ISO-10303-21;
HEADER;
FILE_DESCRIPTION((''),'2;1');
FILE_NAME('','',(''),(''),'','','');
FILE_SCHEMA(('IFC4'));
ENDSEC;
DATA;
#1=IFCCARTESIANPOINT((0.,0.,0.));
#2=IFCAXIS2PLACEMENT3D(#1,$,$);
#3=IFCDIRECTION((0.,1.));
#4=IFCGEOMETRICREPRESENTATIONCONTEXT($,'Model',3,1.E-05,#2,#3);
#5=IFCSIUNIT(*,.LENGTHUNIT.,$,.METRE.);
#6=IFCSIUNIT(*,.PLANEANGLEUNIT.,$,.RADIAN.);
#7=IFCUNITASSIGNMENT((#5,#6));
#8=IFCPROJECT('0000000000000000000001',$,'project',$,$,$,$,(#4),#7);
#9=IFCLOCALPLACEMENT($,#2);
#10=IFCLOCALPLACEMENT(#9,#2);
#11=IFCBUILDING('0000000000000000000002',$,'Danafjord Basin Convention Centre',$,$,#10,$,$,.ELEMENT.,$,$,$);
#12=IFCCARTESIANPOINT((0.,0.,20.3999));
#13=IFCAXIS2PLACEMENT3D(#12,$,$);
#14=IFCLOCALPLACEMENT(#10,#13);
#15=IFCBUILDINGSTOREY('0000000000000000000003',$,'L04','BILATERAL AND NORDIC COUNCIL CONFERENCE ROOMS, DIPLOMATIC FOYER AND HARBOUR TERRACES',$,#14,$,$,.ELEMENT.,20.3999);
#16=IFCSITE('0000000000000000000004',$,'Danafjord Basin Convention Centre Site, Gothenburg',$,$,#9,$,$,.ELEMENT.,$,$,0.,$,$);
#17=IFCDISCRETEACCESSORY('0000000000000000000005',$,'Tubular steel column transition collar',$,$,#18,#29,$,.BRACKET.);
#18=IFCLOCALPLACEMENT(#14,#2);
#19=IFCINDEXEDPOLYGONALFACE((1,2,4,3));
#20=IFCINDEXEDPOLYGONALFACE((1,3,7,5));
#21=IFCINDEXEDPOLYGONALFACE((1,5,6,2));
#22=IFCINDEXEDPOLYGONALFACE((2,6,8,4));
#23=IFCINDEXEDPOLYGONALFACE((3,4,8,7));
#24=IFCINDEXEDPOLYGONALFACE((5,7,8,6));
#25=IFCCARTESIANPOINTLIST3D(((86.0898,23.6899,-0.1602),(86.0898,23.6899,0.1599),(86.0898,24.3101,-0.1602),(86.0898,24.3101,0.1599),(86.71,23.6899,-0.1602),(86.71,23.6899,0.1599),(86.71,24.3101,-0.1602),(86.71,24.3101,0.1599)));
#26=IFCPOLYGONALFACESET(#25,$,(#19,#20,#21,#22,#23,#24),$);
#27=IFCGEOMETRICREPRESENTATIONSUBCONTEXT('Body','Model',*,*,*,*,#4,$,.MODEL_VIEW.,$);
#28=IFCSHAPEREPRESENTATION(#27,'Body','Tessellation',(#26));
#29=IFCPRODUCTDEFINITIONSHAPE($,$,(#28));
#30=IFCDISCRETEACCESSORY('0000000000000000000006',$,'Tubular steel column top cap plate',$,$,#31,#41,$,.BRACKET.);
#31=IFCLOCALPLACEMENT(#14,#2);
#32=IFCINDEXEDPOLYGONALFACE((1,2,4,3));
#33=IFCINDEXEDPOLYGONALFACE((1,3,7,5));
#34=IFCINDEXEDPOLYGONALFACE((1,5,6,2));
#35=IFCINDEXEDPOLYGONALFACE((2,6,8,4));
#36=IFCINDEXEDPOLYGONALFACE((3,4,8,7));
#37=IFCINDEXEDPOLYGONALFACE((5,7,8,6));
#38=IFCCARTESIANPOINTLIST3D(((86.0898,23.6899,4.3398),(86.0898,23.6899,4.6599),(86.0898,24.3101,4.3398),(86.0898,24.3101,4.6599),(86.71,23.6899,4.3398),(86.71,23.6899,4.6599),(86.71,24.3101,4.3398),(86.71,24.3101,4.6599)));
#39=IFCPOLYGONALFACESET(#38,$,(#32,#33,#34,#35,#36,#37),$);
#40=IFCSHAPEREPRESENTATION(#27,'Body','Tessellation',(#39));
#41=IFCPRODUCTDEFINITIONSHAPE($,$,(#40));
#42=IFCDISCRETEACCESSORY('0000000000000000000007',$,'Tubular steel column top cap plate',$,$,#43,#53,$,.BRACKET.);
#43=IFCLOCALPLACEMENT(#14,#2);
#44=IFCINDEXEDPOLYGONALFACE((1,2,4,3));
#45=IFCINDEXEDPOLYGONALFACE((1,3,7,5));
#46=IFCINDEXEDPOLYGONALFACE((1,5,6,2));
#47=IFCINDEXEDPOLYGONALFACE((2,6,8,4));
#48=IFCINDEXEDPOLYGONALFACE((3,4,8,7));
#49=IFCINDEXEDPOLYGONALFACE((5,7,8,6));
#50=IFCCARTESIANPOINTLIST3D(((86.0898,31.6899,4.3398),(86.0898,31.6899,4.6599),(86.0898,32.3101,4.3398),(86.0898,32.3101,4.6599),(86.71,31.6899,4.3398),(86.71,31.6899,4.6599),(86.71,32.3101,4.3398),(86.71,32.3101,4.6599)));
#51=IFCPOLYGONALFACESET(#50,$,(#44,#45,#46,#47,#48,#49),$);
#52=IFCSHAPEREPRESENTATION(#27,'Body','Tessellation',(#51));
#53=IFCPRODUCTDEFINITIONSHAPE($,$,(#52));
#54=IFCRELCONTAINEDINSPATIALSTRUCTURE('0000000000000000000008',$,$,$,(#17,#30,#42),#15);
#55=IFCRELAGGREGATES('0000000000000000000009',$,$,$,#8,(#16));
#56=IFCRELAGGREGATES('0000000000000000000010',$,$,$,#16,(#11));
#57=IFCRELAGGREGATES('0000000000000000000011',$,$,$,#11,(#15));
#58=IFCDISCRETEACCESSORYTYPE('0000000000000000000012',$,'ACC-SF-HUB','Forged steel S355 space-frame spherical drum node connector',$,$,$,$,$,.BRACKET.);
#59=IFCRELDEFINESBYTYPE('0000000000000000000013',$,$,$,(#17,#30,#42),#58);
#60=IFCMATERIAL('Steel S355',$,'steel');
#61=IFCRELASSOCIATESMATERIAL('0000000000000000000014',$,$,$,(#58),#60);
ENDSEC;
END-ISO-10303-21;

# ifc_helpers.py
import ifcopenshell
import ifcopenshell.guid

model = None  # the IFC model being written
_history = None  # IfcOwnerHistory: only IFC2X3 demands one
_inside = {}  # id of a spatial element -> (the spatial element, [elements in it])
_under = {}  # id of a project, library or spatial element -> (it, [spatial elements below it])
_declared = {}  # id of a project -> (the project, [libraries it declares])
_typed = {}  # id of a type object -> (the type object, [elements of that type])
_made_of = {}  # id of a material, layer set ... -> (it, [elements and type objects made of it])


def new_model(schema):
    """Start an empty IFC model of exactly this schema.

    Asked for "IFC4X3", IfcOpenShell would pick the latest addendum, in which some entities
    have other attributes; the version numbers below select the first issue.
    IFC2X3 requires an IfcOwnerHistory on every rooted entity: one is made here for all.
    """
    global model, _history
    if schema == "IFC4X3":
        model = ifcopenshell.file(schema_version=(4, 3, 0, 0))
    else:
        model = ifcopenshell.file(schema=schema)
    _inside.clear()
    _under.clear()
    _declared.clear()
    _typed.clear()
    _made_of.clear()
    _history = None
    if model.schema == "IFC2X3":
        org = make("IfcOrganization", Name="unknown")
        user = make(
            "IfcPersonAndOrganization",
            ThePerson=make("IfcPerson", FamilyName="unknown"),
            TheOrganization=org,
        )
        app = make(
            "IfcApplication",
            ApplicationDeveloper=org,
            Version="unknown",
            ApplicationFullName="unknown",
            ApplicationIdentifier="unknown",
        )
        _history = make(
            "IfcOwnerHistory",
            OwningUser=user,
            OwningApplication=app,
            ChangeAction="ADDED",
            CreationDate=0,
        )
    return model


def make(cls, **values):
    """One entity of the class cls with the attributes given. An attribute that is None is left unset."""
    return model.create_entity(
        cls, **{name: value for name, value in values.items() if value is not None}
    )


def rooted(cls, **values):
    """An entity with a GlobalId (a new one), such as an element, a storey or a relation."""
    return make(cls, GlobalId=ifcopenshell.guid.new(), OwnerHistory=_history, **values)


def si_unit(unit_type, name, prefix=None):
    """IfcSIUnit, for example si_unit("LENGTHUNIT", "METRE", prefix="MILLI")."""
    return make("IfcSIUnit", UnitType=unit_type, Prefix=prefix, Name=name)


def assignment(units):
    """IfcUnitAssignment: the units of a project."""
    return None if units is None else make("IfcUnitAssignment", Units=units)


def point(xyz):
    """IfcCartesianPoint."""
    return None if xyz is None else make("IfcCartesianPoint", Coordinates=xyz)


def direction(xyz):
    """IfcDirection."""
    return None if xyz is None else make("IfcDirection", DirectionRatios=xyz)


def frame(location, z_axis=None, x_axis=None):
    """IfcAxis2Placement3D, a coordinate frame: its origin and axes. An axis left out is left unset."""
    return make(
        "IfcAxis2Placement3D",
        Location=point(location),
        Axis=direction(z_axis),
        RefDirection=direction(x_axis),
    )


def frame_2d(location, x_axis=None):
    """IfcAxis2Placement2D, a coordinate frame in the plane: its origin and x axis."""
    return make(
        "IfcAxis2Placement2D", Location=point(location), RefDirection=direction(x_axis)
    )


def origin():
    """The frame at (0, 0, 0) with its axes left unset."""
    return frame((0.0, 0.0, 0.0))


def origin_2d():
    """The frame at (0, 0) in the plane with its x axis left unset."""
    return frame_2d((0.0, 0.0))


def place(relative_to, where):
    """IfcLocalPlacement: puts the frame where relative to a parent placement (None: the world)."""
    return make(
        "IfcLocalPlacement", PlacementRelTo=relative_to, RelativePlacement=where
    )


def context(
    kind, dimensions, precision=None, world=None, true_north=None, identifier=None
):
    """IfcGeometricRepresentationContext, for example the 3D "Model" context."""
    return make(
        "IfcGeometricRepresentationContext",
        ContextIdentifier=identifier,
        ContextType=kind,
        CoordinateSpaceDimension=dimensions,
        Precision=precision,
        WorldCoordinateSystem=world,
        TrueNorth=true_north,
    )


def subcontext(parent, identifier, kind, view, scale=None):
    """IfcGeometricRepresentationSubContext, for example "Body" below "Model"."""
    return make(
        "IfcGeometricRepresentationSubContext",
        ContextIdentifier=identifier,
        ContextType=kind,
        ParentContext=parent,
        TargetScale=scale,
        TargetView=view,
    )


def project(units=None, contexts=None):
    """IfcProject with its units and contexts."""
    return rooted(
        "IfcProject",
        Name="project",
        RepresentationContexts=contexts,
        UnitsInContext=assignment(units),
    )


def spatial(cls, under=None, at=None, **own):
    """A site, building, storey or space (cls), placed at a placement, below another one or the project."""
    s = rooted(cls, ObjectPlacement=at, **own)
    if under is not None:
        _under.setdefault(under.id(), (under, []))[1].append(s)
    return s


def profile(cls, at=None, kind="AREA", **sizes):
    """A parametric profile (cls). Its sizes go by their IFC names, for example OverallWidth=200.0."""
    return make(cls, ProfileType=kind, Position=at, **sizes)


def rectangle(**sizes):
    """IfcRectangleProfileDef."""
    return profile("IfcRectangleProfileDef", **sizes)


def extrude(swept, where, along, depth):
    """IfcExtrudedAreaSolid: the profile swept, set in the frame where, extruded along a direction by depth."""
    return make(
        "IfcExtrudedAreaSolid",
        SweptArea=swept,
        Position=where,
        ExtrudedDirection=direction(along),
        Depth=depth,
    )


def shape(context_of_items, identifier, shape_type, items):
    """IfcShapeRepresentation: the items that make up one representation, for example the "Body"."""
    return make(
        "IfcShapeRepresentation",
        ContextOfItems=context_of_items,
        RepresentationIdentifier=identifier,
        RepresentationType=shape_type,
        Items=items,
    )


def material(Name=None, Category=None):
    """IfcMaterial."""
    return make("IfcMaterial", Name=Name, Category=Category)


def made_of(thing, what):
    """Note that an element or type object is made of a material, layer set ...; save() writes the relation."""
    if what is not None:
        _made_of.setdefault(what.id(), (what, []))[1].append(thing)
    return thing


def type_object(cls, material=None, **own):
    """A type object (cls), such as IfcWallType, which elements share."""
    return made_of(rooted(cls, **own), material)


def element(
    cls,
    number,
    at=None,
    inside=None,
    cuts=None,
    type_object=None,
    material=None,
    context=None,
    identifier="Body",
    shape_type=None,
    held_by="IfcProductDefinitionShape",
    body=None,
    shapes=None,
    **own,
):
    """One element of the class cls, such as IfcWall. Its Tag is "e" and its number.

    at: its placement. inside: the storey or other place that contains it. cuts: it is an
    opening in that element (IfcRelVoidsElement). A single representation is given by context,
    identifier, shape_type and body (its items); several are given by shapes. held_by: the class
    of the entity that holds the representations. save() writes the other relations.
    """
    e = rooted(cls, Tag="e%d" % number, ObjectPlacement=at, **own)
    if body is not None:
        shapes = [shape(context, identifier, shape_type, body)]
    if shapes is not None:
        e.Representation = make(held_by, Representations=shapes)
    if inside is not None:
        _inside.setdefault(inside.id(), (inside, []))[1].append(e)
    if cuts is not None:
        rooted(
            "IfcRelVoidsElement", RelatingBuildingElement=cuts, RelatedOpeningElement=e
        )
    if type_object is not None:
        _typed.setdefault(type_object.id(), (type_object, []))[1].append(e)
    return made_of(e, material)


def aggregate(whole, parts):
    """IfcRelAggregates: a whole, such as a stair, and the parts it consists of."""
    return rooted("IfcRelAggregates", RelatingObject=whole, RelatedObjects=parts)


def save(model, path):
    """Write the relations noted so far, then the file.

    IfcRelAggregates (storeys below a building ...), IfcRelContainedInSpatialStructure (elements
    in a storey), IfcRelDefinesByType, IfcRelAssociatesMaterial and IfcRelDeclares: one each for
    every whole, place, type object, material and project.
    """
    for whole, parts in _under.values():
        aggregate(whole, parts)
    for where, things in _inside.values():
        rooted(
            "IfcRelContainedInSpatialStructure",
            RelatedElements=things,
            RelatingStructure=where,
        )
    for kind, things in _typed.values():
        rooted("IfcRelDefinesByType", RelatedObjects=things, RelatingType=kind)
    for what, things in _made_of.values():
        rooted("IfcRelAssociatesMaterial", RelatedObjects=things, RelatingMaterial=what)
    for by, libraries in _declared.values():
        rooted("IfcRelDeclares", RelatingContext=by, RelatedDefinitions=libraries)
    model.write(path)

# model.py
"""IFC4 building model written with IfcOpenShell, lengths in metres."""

from ifc_helpers import new_model, si_unit, direction, frame, origin, origin_2d, place, context, subcontext, project, spatial, rectangle, extrude, material, type_object, element, save


model = new_model("IFC4")

# Units and contexts
model_context = context("Model", 3, precision=1e-05, world=origin(), true_north=direction((0.0, 1.0)))
body_context = subcontext(model_context, "Body", "Model", "MODEL_VIEW")
ifc_project = project(units=[si_unit("LENGTHUNIT", "METRE"), si_unit("PLANEANGLEUNIT", "RADIAN")], contexts=[model_context])

# Site, building, storey
site_placement = place(None, origin())
site = spatial("IfcSite", under=ifc_project, at=site_placement, Name="Danafjord Basin Convention Centre Site, Gothenburg", CompositionType="ELEMENT", RefElevation=0.0)
building_placement = place(site_placement, origin())
building = spatial("IfcBuilding", under=site, at=building_placement, Name="Danafjord Basin Convention Centre", CompositionType="ELEMENT")
storey_placement = place(building_placement, frame((0.0, 0.0, 20.3999)))
storey = spatial("IfcBuildingStorey", under=building, at=storey_placement, Name="L04", Description="BILATERAL AND NORDIC COUNCIL CONFERENCE ROOMS, DIPLOMATIC FOYER AND HARBOUR TERRACES", CompositionType="ELEMENT", Elevation=20.3999)

# Shared definitions
ifc_material_1 = material(Name="Steel S355", Category="steel")

# Discrete accessories
discrete_accessory_type_1 = type_object("IfcDiscreteAccessoryType", Name="ACC-SF-HUB", Description="Forged steel S355 space-frame spherical drum node connector", PredefinedType="BRACKET", material=ifc_material_1)
for number, where, z_axis, x_axis, name in (
    (1, (86.3999, 24.0, -0.1602), (0.0, 0.0, 1.0), (1.0, 0.0, 0.0), "Tubular steel column transition collar"),
    (2, (86.3999, 24.0, 4.3398), (0.0, 0.0, 1.0), (1.0, 0.0, 0.0), "Tubular steel column top cap plate"),
    (3, (86.3999, 32.0, 4.3398), (0.0, 0.0, 1.0), (1.0, 0.0, 0.0), "Tubular steel column top cap plate"),
):
    element("IfcDiscreteAccessory", number, at=place(storey_placement, frame(where, z_axis=z_axis, x_axis=x_axis)), inside=storey, type_object=discrete_accessory_type_1, Name=name, PredefinedType="BRACKET", context=body_context, shape_type="SweptSolid", body=[
        extrude(rectangle(XDim=0.6201, YDim=0.6201, at=origin_2d()), origin(), (0.0, 0.0, 1.0), 0.3201),
    ])

save(model, "model.ifc")
